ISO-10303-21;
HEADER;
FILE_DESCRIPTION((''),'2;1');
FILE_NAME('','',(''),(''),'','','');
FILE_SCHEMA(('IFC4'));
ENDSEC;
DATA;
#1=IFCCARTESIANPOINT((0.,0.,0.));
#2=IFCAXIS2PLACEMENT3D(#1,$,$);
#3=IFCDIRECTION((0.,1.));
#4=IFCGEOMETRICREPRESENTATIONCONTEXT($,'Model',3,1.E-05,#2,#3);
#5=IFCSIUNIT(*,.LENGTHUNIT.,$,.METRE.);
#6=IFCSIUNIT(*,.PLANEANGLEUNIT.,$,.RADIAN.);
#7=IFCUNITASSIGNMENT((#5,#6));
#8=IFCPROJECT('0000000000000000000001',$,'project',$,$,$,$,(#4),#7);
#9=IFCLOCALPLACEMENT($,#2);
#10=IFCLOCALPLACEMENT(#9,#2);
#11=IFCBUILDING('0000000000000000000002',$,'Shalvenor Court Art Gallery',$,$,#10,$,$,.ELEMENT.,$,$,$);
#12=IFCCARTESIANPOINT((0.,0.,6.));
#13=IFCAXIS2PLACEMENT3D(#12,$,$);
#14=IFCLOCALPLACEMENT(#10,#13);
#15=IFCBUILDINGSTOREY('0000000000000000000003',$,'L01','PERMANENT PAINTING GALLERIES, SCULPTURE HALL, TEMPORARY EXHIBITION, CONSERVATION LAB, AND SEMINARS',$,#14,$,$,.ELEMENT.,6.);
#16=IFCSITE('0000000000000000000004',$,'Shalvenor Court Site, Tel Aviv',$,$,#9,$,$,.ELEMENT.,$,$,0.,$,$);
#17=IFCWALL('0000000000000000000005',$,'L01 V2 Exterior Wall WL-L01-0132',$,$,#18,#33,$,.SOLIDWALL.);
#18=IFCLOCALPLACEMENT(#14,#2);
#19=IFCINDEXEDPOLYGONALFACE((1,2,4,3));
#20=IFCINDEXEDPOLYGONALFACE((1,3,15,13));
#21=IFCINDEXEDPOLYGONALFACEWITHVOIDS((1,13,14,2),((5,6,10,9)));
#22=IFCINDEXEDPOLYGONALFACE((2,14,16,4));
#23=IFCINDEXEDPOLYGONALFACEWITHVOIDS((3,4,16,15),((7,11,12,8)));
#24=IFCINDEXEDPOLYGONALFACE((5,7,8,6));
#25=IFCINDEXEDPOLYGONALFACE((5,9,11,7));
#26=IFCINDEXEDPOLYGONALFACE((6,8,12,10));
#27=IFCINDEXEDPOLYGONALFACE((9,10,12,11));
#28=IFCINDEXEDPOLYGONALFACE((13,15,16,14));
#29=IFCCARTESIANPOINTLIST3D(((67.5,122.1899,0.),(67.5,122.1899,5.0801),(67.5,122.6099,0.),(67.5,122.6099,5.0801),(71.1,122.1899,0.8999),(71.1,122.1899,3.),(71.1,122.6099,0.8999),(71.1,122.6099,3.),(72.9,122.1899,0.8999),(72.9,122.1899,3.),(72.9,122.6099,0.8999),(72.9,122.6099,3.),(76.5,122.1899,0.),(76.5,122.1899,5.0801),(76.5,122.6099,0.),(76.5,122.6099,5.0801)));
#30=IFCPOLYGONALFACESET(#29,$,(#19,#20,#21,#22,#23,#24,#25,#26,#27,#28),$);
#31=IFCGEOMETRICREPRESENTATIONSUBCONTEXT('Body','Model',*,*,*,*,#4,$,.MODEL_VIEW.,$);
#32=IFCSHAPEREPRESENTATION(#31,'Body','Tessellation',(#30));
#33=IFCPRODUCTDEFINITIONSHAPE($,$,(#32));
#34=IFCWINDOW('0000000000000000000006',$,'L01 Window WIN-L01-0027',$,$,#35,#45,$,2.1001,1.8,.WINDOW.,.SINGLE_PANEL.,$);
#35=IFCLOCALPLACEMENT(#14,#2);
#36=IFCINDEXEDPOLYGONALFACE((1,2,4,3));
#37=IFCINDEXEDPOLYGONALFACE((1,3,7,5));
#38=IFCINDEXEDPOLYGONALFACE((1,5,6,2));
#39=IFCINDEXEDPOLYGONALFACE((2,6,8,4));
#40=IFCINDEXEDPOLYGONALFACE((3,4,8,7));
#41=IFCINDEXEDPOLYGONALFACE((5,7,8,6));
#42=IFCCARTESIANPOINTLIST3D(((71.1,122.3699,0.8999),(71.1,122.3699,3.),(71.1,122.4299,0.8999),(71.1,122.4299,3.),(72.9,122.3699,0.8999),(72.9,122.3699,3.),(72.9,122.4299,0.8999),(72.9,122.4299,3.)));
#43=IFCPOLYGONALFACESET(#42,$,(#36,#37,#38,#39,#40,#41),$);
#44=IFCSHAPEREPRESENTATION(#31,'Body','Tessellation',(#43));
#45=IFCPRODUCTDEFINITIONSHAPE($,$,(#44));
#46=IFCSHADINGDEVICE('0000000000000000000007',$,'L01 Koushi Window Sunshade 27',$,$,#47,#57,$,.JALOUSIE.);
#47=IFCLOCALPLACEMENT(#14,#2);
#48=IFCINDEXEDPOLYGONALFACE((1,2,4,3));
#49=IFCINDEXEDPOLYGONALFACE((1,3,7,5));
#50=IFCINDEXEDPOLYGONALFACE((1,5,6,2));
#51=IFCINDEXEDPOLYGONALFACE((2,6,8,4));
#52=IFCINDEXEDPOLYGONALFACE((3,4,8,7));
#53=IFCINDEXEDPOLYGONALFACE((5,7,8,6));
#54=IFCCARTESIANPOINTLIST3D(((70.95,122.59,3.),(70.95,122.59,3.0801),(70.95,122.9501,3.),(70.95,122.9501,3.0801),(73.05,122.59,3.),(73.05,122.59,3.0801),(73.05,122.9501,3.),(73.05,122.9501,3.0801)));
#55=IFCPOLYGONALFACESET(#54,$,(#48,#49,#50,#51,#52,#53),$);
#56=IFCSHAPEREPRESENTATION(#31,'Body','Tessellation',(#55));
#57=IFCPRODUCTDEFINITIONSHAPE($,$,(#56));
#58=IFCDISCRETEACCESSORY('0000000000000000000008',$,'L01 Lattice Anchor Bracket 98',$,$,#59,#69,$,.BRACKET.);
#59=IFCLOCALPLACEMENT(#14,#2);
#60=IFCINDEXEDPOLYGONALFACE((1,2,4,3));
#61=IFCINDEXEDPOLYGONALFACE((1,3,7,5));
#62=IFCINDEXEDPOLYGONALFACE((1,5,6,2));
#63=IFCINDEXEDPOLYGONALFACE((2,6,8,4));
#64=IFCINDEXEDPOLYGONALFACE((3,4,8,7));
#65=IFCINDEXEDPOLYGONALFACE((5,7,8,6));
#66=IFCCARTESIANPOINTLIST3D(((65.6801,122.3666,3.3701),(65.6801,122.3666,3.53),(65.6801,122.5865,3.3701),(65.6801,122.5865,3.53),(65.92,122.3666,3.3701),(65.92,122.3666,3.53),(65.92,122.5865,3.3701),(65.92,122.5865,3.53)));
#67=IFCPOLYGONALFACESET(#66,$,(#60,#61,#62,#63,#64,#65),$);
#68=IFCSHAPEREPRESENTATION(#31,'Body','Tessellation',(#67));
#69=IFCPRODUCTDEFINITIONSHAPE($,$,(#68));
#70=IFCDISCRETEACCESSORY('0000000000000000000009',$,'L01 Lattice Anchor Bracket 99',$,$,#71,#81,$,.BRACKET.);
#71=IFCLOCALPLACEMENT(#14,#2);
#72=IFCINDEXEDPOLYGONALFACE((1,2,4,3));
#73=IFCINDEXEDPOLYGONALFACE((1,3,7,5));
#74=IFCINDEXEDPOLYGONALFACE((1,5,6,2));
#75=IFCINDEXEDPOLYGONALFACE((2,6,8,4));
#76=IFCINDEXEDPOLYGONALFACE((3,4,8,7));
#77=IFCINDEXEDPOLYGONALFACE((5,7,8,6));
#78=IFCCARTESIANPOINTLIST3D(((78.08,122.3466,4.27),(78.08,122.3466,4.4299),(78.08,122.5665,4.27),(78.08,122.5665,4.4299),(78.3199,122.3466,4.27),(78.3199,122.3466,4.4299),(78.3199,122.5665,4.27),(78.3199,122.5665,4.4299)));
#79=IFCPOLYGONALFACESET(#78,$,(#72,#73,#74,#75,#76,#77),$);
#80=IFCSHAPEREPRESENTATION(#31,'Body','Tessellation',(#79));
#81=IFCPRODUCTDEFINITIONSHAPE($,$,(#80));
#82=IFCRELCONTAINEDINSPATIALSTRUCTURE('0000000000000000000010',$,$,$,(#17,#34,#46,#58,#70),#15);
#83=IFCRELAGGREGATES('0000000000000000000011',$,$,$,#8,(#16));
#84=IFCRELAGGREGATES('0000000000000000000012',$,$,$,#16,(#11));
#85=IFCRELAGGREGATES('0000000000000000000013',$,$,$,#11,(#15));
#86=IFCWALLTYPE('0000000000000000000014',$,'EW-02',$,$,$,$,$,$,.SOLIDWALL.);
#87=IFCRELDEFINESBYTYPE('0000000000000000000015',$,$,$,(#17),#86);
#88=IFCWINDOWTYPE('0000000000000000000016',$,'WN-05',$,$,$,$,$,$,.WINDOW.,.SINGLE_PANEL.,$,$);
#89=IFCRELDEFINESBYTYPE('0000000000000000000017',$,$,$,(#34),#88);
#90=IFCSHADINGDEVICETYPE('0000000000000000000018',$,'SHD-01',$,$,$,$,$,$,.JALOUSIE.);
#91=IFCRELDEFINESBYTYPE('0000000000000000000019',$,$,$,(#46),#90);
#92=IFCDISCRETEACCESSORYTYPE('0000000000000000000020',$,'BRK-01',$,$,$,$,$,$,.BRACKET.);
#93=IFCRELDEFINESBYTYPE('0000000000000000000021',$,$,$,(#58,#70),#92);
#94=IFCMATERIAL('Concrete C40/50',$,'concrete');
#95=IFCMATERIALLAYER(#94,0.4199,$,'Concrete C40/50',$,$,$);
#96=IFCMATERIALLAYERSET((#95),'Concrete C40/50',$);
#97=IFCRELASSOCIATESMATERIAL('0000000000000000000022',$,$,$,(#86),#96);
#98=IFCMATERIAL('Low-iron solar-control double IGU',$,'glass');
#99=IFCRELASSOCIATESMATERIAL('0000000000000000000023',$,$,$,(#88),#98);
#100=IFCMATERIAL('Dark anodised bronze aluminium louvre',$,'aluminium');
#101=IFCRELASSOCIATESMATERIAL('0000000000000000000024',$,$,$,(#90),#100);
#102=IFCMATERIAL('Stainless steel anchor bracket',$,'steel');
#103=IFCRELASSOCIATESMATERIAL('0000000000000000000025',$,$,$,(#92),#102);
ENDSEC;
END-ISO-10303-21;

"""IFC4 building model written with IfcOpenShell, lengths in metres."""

from ifc_helpers import new_model, si_unit, direction, frame, frame_2d, origin, origin_2d, place, context, subcontext, project, spatial, rectangle, extrude, material, layer, layer_set, type_object, element, fill, save


model = new_model("IFC4")

# Units and contexts
model_context = context("Model", 3, precision=1e-05, world=origin(), true_north=direction((0.0, 1.0)))
body_context = subcontext(model_context, "Body", "Model", "MODEL_VIEW")
ifc_project = project(units=[si_unit("LENGTHUNIT", "METRE"), si_unit("PLANEANGLEUNIT", "RADIAN")], contexts=[model_context])

# Site, building, storey
site_placement = place(None, origin())
site = spatial("IfcSite", under=ifc_project, at=site_placement, Name="Shalvenor Court Site, Tel Aviv", CompositionType="ELEMENT", RefElevation=0.0)
building_placement = place(site_placement, origin())
building = spatial("IfcBuilding", under=site, at=building_placement, Name="Shalvenor Court Art Gallery", CompositionType="ELEMENT")
storey_placement = place(building_placement, frame((0.0, 0.0, 6.0)))
storey = spatial("IfcBuildingStorey", under=building, at=storey_placement, Name="L01", Description="PERMANENT PAINTING GALLERIES, SCULPTURE HALL, TEMPORARY EXHIBITION, CONSERVATION LAB, AND SEMINARS", CompositionType="ELEMENT", Elevation=6.0)

# Wall, opening, window
ifc_material_1 = material(Name="Concrete C40/50", Category="concrete")
ifc_layer_1 = layer(ifc_material_1, 0.4199, Name="Concrete C40/50")
ifc_layer_set_1 = layer_set([ifc_layer_1], Name="Concrete C40/50")
wall_type = type_object("IfcWallType", Name="EW-02", PredefinedType="SOLIDWALL", material=ifc_layer_set_1)
wall_placement = place(storey_placement, frame((67.5, 122.3999, 0.0), z_axis=(0.0, 0.0, 1.0), x_axis=(1.0, 0.0, 0.0)))
wall = element("IfcWall", 1, at=wall_placement, inside=storey, type_object=wall_type, Name="L01 V2 Exterior Wall WL-L01-0132", PredefinedType="SOLIDWALL", context=body_context, shape_type="SweptSolid", body=[
    extrude(rectangle(XDim=9.0, YDim=0.4199, at=frame_2d((4.5, 0.0))), origin(), (0.0, 0.0, 1.0), 5.0801),
])
opening_placement = place(wall_placement, frame((3.6001, 0.0, 0.8999)))
opening = element("IfcOpeningElement", 2, at=opening_placement, cuts=wall, PredefinedType="OPENING", context=body_context, shape_type="SweptSolid", body=[
    extrude(rectangle(XDim=1.8, YDim=2.1001, at=frame_2d((0.8999, 1.05))), frame((0.0, 0.22, 0.0), z_axis=(0.0, -1.0, 0.0), x_axis=(1.0, 0.0, 0.0)), (0.0, 0.0, 1.0), 0.4399),
])
ifc_material_2 = material(Name="Low-iron solar-control double IGU", Category="glass")
window_type = type_object("IfcWindowType", Name="WN-05", PartitioningType="SINGLE_PANEL", PredefinedType="WINDOW", material=ifc_material_2)
window_placement = place(opening_placement, origin())
window = element("IfcWindow", 3, at=window_placement, inside=storey, type_object=window_type, Name="L01 Window WIN-L01-0027", OverallHeight=2.1001, OverallWidth=1.8, PartitioningType="SINGLE_PANEL", PredefinedType="WINDOW", context=body_context, shape_type="SweptSolid", body=[
    extrude(rectangle(XDim=1.8, YDim=2.1001, at=frame_2d((0.8999, 1.05))), frame((0.0, 0.03, 0.0), z_axis=(0.0, -1.0, 0.0), x_axis=(1.0, 0.0, 0.0)), (0.0, 0.0, 1.0), 0.0601),
])
fill(opening, window)

# Shading device
ifc_material_3 = material(Name="Dark anodised bronze aluminium louvre", Category="aluminium")
shading_device_type = type_object("IfcShadingDeviceType", Name="SHD-01", PredefinedType="JALOUSIE", material=ifc_material_3)
shading_device_placement = place(storey_placement, frame((72.0, 122.77, 3.0), z_axis=(0.0, 0.0, 1.0), x_axis=(1.0, 0.0, 0.0)))
element("IfcShadingDevice", 4, at=shading_device_placement, inside=storey, type_object=shading_device_type, Name="L01 Koushi Window Sunshade 27", PredefinedType="JALOUSIE", context=body_context, shape_type="SweptSolid", body=[
    extrude(rectangle(XDim=2.1001, YDim=0.3601, at=origin_2d()), origin(), (0.0, 0.0, 1.0), 0.0801),
])

# Discrete accessories
ifc_material_4 = material(Name="Stainless steel anchor bracket", Category="steel")
discrete_accessory_type = type_object("IfcDiscreteAccessoryType", Name="BRK-01", PredefinedType="BRACKET", material=ifc_material_4)
for number, where, z_axis, x_axis, name in (
    (5, (65.8, 122.4766, 3.3701), (0.0, 0.0, 1.0), (1.0, 0.0, 0.0), "L01 Lattice Anchor Bracket 98"),
    (6, (78.2, 122.4565, 4.27), (0.0, 0.0, 1.0), (1.0, 0.0, 0.0), "L01 Lattice Anchor Bracket 99"),
):
    element("IfcDiscreteAccessory", number, at=place(storey_placement, frame(where, z_axis=z_axis, x_axis=x_axis)), inside=storey, type_object=discrete_accessory_type, Name=name, PredefinedType="BRACKET", context=body_context, shape_type="SweptSolid", body=[
        extrude(rectangle(XDim=0.24, YDim=0.22, at=origin_2d()), origin(), (0.0, 0.0, 1.0), 0.1599),
    ])

save(model, "model.ifc")
